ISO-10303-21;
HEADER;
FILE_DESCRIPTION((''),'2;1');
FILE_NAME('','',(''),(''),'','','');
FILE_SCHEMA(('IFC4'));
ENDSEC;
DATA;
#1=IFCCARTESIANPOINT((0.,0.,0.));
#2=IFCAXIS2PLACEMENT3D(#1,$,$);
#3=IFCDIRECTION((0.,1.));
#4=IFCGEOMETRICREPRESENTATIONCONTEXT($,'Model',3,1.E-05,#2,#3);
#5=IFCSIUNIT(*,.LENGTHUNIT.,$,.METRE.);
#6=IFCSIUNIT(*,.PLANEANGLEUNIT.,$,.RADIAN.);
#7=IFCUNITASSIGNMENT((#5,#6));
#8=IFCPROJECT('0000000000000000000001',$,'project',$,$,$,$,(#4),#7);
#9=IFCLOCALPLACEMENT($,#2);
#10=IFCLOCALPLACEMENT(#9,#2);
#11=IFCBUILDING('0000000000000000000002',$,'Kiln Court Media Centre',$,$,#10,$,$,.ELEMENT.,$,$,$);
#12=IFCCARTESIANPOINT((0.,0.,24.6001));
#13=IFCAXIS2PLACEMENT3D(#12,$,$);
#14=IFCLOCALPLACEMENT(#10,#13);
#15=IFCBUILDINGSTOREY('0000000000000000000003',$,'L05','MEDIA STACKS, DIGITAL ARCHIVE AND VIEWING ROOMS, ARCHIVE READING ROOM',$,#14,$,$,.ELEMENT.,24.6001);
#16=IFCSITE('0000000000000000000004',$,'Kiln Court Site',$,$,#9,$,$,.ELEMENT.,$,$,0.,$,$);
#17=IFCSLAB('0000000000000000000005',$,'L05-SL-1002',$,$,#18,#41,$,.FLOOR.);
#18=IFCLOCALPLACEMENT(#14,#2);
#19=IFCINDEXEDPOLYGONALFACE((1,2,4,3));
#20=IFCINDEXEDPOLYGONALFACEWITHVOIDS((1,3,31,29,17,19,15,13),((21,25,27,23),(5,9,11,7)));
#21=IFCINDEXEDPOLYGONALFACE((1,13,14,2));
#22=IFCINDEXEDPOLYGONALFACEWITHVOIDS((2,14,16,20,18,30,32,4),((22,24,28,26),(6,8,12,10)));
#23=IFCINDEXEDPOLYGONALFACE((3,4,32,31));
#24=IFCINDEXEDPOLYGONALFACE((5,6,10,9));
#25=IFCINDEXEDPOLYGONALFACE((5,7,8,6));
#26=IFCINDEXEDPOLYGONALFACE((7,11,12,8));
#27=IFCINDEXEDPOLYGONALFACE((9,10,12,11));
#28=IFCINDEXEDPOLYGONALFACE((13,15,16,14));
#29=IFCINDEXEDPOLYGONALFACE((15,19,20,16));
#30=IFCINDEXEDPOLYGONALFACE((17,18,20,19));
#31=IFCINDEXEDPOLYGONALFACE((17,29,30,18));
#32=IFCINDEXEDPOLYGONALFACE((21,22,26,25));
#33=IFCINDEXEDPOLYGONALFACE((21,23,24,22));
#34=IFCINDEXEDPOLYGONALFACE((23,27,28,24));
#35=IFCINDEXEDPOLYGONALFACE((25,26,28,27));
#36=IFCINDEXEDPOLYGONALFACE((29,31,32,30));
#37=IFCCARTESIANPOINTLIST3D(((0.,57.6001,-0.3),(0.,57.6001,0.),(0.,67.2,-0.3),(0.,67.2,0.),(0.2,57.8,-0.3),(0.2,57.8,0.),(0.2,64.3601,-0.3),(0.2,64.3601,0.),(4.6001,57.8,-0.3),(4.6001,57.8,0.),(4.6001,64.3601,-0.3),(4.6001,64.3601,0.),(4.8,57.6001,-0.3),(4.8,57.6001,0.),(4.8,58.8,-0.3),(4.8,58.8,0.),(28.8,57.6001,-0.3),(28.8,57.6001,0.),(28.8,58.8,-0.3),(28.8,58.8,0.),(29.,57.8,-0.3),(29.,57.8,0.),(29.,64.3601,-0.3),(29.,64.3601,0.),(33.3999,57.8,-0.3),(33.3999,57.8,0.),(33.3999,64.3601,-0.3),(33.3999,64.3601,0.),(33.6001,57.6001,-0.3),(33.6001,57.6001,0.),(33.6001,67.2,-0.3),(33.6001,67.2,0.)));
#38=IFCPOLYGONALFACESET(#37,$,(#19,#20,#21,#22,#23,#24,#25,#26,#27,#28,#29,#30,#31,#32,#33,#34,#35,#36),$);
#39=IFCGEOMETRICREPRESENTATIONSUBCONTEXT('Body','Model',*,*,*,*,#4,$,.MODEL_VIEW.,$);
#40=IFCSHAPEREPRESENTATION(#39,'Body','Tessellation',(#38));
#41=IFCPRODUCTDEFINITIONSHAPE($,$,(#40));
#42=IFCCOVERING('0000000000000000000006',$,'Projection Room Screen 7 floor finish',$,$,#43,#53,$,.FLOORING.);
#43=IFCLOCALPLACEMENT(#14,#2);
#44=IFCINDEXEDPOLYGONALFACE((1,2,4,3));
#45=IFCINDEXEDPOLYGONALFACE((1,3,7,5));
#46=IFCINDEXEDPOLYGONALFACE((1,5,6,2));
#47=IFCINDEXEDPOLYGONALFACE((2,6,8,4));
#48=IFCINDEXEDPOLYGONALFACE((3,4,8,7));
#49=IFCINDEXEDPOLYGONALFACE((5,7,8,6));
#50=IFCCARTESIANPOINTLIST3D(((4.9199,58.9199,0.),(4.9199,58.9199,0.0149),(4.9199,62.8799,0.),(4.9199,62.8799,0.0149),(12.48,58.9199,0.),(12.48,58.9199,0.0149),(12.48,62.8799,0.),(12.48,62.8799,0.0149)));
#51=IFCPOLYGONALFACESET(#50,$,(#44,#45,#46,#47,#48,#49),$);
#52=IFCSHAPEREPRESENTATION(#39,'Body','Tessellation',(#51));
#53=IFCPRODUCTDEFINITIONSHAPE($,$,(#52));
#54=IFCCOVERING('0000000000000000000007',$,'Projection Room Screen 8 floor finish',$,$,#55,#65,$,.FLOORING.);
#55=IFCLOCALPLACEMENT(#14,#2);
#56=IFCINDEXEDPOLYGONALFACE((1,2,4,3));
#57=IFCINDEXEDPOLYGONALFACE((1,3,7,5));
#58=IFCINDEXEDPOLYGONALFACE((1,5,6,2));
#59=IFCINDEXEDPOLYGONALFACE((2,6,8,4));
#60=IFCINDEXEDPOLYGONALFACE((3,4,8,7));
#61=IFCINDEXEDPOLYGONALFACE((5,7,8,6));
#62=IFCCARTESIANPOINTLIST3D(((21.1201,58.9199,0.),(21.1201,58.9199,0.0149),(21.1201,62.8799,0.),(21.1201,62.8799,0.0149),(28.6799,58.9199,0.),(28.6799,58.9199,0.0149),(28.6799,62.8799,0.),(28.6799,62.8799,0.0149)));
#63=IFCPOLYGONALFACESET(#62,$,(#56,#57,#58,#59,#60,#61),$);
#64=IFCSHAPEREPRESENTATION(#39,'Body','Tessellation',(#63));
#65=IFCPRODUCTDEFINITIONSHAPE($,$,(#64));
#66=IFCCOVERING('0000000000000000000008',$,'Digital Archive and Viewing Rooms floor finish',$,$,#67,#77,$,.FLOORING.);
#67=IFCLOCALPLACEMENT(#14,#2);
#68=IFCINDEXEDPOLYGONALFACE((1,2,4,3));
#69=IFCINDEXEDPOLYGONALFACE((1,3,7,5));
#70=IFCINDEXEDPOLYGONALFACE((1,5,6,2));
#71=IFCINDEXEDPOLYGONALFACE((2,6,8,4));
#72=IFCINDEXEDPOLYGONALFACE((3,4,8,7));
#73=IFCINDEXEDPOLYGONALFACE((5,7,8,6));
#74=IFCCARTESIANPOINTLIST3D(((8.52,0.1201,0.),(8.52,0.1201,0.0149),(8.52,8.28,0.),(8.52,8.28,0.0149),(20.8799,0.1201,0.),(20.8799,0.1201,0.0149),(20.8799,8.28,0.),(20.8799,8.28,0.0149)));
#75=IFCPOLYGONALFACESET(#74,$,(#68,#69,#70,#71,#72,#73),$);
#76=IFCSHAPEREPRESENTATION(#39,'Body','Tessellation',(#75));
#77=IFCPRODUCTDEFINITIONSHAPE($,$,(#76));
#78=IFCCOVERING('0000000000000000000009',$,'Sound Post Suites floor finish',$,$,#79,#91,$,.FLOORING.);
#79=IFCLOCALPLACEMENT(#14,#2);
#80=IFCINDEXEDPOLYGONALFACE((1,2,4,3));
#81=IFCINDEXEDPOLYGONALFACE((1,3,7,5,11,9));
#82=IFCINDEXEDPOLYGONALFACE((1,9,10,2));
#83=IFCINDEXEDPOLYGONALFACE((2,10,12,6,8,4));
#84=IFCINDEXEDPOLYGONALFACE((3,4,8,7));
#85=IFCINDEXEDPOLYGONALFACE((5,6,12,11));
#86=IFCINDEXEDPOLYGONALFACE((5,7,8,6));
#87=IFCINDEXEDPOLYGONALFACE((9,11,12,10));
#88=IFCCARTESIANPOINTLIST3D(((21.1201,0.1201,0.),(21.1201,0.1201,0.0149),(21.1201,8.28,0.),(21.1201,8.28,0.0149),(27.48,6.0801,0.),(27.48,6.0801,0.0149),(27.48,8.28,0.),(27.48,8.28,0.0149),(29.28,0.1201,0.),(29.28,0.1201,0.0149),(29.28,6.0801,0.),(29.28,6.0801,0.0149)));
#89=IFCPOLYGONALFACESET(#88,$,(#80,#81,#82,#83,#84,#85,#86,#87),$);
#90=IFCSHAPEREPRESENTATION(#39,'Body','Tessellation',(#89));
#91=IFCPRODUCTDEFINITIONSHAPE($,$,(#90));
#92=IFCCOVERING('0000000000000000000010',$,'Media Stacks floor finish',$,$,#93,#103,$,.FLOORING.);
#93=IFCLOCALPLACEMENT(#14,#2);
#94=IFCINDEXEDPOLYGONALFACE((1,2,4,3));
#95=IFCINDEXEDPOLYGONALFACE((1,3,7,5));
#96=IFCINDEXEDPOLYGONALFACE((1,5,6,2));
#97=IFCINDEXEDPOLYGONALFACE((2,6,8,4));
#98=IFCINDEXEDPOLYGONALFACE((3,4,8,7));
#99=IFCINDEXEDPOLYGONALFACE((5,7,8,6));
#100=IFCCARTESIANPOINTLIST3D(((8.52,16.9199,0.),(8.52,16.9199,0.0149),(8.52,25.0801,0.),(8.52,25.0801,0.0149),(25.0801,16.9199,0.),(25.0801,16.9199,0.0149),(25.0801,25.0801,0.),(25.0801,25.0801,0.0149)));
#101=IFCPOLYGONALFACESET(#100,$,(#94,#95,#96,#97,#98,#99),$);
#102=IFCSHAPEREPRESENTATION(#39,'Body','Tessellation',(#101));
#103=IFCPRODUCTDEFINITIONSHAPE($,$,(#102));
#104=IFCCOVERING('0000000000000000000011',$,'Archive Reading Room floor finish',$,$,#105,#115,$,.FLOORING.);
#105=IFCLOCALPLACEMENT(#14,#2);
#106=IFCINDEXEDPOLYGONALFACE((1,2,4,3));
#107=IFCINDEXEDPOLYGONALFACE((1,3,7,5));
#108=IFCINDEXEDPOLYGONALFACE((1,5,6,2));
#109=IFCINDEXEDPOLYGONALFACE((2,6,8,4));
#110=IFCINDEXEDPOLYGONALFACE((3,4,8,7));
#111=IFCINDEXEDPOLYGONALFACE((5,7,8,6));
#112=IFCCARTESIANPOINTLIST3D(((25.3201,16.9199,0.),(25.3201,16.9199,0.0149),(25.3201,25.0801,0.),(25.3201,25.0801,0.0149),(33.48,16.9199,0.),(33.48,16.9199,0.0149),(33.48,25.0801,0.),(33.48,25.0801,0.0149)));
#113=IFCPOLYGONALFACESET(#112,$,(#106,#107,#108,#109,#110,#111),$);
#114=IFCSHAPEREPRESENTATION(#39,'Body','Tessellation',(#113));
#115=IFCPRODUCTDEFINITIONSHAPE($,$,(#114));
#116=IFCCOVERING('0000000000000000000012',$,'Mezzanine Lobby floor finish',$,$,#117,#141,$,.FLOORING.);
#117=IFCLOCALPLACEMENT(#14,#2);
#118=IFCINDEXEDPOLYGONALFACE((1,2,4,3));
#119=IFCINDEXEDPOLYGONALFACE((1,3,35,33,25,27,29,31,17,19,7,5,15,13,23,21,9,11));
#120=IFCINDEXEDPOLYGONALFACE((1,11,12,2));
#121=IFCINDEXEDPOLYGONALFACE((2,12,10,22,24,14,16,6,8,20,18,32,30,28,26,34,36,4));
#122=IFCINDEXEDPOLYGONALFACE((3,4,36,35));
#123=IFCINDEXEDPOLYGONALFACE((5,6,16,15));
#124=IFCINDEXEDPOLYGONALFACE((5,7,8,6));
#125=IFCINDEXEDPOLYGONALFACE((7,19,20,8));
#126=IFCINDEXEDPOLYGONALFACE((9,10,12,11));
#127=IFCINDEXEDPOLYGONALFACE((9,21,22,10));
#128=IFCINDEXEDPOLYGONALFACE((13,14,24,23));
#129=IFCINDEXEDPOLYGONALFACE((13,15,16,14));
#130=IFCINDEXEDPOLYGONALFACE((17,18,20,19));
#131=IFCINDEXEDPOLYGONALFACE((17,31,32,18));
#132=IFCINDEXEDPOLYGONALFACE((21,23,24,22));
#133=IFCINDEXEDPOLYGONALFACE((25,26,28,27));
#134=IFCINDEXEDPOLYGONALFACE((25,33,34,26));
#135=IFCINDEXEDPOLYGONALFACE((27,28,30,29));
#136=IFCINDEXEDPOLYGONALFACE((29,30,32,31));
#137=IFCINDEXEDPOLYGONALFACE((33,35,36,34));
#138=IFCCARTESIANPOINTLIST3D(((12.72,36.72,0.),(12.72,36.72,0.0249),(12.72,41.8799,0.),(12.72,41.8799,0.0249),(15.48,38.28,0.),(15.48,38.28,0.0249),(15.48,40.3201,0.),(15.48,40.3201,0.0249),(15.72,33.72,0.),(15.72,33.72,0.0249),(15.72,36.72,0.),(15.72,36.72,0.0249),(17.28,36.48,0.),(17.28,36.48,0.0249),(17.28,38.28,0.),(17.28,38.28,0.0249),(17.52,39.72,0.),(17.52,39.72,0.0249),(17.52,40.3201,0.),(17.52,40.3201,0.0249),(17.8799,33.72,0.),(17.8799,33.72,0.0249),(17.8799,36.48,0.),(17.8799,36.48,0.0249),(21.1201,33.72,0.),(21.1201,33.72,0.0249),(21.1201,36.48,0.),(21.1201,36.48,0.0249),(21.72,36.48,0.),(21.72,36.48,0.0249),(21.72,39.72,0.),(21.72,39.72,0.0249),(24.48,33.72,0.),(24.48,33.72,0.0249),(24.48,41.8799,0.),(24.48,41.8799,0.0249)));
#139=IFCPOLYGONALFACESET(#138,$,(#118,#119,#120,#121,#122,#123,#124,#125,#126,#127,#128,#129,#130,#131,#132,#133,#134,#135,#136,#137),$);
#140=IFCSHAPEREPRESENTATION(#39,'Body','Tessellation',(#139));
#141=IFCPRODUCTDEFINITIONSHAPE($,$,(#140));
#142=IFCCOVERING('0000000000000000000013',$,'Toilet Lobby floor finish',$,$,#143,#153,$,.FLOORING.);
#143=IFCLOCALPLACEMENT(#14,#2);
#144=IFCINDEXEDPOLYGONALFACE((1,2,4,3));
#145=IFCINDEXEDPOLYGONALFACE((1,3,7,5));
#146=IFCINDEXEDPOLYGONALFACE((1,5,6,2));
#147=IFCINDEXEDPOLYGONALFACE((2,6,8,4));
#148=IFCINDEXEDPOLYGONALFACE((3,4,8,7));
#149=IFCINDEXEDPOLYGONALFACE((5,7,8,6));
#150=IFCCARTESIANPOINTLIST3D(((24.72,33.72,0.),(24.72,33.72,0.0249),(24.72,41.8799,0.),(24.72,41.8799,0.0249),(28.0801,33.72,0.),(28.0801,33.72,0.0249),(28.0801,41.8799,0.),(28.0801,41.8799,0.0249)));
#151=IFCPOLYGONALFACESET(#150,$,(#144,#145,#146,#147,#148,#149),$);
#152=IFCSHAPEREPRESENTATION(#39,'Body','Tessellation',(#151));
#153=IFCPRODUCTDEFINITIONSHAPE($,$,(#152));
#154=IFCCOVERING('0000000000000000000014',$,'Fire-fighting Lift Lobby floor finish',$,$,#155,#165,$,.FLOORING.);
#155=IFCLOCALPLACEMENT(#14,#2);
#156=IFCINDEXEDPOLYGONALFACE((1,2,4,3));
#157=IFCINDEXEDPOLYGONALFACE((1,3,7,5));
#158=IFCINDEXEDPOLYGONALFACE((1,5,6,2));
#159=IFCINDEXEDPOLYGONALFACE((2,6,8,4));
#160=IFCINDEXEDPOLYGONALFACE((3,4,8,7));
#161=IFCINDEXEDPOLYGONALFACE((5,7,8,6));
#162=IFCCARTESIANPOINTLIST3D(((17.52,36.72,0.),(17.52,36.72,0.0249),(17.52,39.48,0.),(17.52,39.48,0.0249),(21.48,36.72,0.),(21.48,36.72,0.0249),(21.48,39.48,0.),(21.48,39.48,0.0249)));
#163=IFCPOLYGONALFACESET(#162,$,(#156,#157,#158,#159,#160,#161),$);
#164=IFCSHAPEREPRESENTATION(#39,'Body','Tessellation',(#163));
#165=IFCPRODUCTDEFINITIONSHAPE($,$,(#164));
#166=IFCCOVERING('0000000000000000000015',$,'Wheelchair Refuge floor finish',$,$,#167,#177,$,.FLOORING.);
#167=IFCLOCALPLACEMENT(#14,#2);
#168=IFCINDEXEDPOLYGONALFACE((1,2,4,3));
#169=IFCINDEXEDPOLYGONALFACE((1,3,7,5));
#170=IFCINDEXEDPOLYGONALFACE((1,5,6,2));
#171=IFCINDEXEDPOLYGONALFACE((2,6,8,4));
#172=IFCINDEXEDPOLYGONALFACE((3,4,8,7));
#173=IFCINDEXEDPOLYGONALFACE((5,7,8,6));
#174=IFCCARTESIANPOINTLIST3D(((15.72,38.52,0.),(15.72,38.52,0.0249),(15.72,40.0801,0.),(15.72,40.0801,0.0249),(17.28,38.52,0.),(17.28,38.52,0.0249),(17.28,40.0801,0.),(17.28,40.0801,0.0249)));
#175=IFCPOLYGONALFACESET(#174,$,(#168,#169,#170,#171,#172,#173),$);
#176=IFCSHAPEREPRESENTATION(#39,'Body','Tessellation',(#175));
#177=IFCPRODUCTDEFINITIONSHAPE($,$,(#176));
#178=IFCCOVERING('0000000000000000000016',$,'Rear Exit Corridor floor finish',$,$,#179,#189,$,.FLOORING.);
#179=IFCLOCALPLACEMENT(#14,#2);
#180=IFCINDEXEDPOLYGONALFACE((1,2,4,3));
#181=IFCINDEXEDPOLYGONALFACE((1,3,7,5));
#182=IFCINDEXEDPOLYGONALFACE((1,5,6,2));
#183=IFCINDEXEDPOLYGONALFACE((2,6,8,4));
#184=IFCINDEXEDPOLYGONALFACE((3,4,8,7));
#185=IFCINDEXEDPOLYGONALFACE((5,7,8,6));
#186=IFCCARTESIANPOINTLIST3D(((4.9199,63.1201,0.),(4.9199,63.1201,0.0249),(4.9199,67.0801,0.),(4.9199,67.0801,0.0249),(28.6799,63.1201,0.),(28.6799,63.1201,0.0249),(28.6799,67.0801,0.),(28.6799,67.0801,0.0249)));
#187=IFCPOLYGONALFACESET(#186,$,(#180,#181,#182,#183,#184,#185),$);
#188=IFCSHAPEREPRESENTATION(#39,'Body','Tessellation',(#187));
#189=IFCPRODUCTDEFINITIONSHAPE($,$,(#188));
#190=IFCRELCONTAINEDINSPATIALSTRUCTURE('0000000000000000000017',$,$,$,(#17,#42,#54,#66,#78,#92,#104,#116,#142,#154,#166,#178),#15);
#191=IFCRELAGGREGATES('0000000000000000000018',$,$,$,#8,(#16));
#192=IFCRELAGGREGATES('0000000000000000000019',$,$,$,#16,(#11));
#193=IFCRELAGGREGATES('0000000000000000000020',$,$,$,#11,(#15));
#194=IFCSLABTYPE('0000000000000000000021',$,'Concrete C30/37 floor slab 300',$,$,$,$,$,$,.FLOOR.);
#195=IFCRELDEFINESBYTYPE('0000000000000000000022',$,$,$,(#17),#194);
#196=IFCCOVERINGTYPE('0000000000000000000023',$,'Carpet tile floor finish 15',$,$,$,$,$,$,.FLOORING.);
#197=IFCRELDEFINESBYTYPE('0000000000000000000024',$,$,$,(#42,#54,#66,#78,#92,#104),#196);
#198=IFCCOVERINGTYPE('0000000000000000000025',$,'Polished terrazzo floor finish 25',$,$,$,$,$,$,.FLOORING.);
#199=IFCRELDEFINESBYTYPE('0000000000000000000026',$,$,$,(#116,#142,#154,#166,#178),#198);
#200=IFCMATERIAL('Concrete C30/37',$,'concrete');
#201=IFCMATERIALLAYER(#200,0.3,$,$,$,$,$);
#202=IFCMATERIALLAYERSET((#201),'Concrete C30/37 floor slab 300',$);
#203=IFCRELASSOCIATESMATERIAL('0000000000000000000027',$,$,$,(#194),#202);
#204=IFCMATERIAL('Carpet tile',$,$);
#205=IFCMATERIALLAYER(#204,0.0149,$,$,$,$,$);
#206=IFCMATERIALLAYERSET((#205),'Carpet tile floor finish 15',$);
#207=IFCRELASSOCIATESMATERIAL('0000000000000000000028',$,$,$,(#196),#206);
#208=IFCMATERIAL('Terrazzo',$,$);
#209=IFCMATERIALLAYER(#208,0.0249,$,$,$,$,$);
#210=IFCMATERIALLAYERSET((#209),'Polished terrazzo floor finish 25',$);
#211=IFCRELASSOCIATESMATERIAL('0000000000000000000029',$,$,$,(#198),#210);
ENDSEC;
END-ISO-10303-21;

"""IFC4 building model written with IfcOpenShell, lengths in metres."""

from ifc_helpers import new_model, si_unit, direction, frame, origin, place, context, subcontext, project, spatial, polyline, outline, extrude, material, layer, layer_set, type_object, element, save


model = new_model("IFC4")

# Units and contexts
model_context = context("Model", 3, precision=1e-05, world=origin(), true_north=direction((0.0, 1.0)))
body_context = subcontext(model_context, "Body", "Model", "MODEL_VIEW")
ifc_project = project(units=[si_unit("LENGTHUNIT", "METRE"), si_unit("PLANEANGLEUNIT", "RADIAN")], contexts=[model_context])

# Site, building, storey
site_placement = place(None, origin())
site = spatial("IfcSite", under=ifc_project, at=site_placement, Name="Kiln Court Site", CompositionType="ELEMENT", RefElevation=0.0)
building_placement = place(site_placement, origin())
building = spatial("IfcBuilding", under=site, at=building_placement, Name="Kiln Court Media Centre", CompositionType="ELEMENT")
storey_placement = place(building_placement, frame((0.0, 0.0, 24.6001)))
storey = spatial("IfcBuildingStorey", under=building, at=storey_placement, Name="L05", Description="MEDIA STACKS, DIGITAL ARCHIVE AND VIEWING ROOMS, ARCHIVE READING ROOM", CompositionType="ELEMENT", Elevation=24.6001)

# Slab
ifc_material_1 = material(Name="Concrete C30/37", Category="concrete")
ifc_layer_1 = layer(ifc_material_1, 0.3)
ifc_layer_set_1 = layer_set([ifc_layer_1], Name="Concrete C30/37 floor slab 300")
slab_type = type_object("IfcSlabType", Name="Concrete C30/37 floor slab 300", PredefinedType="FLOOR", material=ifc_layer_set_1)
slab_1_placement = place(storey_placement, frame((0.0, 0.0, -0.3)))
element("IfcSlab", 1, at=slab_1_placement, inside=storey, type_object=slab_type, Name="L05-SL-1002", PredefinedType="FLOOR", context=body_context, shape_type="SweptSolid", body=[
    extrude(outline(polyline([(0.0, 57.6001), (0.0, 67.2), (33.6001, 67.2), (33.6001, 57.6001), (28.8, 57.6001), (28.8, 58.8), (4.8, 58.8), (4.8, 57.6001), (0.0, 57.6001)]), holes=[polyline([(0.2, 57.8), (4.6001, 57.8), (4.6001, 64.3601), (0.2, 64.3601), (0.2, 57.8)]), polyline([(29.0, 57.8), (33.3999, 57.8), (33.3999, 64.3601), (29.0, 64.3601), (29.0, 57.8)])]), origin(), (0.0, 0.0, 1.0), 0.3),
])

# Coverings
ifc_material_2 = material(Name="Carpet tile")
ifc_layer_2 = layer(ifc_material_2, 0.0149)
ifc_layer_set_2 = layer_set([ifc_layer_2], Name="Carpet tile floor finish 15")
covering_type_1 = type_object("IfcCoveringType", Name="Carpet tile floor finish 15", PredefinedType="FLOORING", material=ifc_layer_set_2)
covering_1_placement = place(storey_placement, origin())
element("IfcCovering", 2, at=covering_1_placement, inside=storey, type_object=covering_type_1, Name="Projection Room Screen 7 floor finish", PredefinedType="FLOORING", context=body_context, shape_type="SweptSolid", body=[
    extrude(outline(polyline([(12.48, 62.8799), (4.9199, 62.8799), (4.9199, 58.9199), (12.48, 58.9199), (12.48, 62.8799)])), origin(), (0.0, 0.0, 1.0), 0.0149),
])
covering_2_placement = place(storey_placement, origin())
element("IfcCovering", 3, at=covering_2_placement, inside=storey, type_object=covering_type_1, Name="Projection Room Screen 8 floor finish", PredefinedType="FLOORING", context=body_context, shape_type="SweptSolid", body=[
    extrude(outline(polyline([(21.1201, 58.9199), (28.6799, 58.9199), (28.6799, 62.8799), (21.1201, 62.8799), (21.1201, 58.9199)])), origin(), (0.0, 0.0, 1.0), 0.0149),
])
covering_3_placement = place(storey_placement, origin())
element("IfcCovering", 4, at=covering_3_placement, inside=storey, type_object=covering_type_1, Name="Digital Archive and Viewing Rooms floor finish", PredefinedType="FLOORING", context=body_context, shape_type="SweptSolid", body=[
    extrude(outline(polyline([(8.52, 0.1201), (20.8799, 0.1201), (20.8799, 8.28), (8.52, 8.28), (8.52, 0.1201)])), origin(), (0.0, 0.0, 1.0), 0.0149),
])
covering_4_placement = place(storey_placement, origin())
element("IfcCovering", 5, at=covering_4_placement, inside=storey, type_object=covering_type_1, Name="Sound Post Suites floor finish", PredefinedType="FLOORING", context=body_context, shape_type="SweptSolid", body=[
    extrude(outline(polyline([(29.28, 0.1201), (29.28, 6.0801), (27.48, 6.0801), (27.48, 8.28), (21.1201, 8.28), (21.1201, 0.1201), (29.28, 0.1201)])), origin(), (0.0, 0.0, 1.0), 0.0149),
])
covering_5_placement = place(storey_placement, origin())
element("IfcCovering", 6, at=covering_5_placement, inside=storey, type_object=covering_type_1, Name="Media Stacks floor finish", PredefinedType="FLOORING", context=body_context, shape_type="SweptSolid", body=[
    extrude(outline(polyline([(8.52, 16.9199), (25.0801, 16.9199), (25.0801, 25.0801), (8.52, 25.0801), (8.52, 16.9199)])), origin(), (0.0, 0.0, 1.0), 0.0149),
])
covering_6_placement = place(storey_placement, origin())
element("IfcCovering", 7, at=covering_6_placement, inside=storey, type_object=covering_type_1, Name="Archive Reading Room floor finish", PredefinedType="FLOORING", context=body_context, shape_type="SweptSolid", body=[
    extrude(outline(polyline([(25.3201, 16.9199), (33.48, 16.9199), (33.48, 25.0801), (25.3201, 25.0801), (25.3201, 16.9199)])), origin(), (0.0, 0.0, 1.0), 0.0149),
])
ifc_material_3 = material(Name="Terrazzo")
ifc_layer_3 = layer(ifc_material_3, 0.0249)
ifc_layer_set_3 = layer_set([ifc_layer_3], Name="Polished terrazzo floor finish 25")
covering_type_2 = type_object("IfcCoveringType", Name="Polished terrazzo floor finish 25", PredefinedType="FLOORING", material=ifc_layer_set_3)
covering_7_placement = place(storey_placement, origin())
element("IfcCovering", 8, at=covering_7_placement, inside=storey, type_object=covering_type_2, Name="Mezzanine Lobby floor finish", PredefinedType="FLOORING", context=body_context, shape_type="SweptSolid", body=[
    extrude(outline(polyline([(17.28, 36.48), (17.28, 38.28), (15.48, 38.28), (15.48, 40.3201), (17.52, 40.3201), (17.52, 39.72), (21.72, 39.72), (21.72, 36.48), (21.1201, 36.48), (21.1201, 33.72), (24.48, 33.72), (24.48, 41.8799), (12.72, 41.8799), (12.72, 36.72), (15.72, 36.72), (15.72, 33.72), (17.8799, 33.72), (17.8799, 36.48), (17.28, 36.48)])), origin(), (0.0, 0.0, 1.0), 0.0249),
])
covering_8_placement = place(storey_placement, origin())
element("IfcCovering", 9, at=covering_8_placement, inside=storey, type_object=covering_type_2, Name="Toilet Lobby floor finish", PredefinedType="FLOORING", context=body_context, shape_type="SweptSolid", body=[
    extrude(outline(polyline([(28.0801, 33.72), (28.0801, 41.8799), (24.72, 41.8799), (24.72, 33.72), (28.0801, 33.72)])), origin(), (0.0, 0.0, 1.0), 0.0249),
])
covering_9_placement = place(storey_placement, origin())
element("IfcCovering", 10, at=covering_9_placement, inside=storey, type_object=covering_type_2, Name="Fire-fighting Lift Lobby floor finish", PredefinedType="FLOORING", context=body_context, shape_type="SweptSolid", body=[
    extrude(outline(polyline([(17.52, 36.72), (21.48, 36.72), (21.48, 39.48), (17.52, 39.48), (17.52, 36.72)])), origin(), (0.0, 0.0, 1.0), 0.0249),
])
covering_10_placement = place(storey_placement, origin())
element("IfcCovering", 11, at=covering_10_placement, inside=storey, type_object=covering_type_2, Name="Wheelchair Refuge floor finish", PredefinedType="FLOORING", context=body_context, shape_type="SweptSolid", body=[
    extrude(outline(polyline([(15.72, 38.52), (17.28, 38.52), (17.28, 40.0801), (15.72, 40.0801), (15.72, 38.52)])), origin(), (0.0, 0.0, 1.0), 0.0249),
])
covering_11_placement = place(storey_placement, origin())
element("IfcCovering", 12, at=covering_11_placement, inside=storey, type_object=covering_type_2, Name="Rear Exit Corridor floor finish", PredefinedType="FLOORING", context=body_context, shape_type="SweptSolid", body=[
    extrude(outline(polyline([(4.9199, 63.1201), (28.6799, 63.1201), (28.6799, 67.0801), (4.9199, 67.0801), (4.9199, 63.1201)])), origin(), (0.0, 0.0, 1.0), 0.0249),
])

save(model, "model.ifc")
